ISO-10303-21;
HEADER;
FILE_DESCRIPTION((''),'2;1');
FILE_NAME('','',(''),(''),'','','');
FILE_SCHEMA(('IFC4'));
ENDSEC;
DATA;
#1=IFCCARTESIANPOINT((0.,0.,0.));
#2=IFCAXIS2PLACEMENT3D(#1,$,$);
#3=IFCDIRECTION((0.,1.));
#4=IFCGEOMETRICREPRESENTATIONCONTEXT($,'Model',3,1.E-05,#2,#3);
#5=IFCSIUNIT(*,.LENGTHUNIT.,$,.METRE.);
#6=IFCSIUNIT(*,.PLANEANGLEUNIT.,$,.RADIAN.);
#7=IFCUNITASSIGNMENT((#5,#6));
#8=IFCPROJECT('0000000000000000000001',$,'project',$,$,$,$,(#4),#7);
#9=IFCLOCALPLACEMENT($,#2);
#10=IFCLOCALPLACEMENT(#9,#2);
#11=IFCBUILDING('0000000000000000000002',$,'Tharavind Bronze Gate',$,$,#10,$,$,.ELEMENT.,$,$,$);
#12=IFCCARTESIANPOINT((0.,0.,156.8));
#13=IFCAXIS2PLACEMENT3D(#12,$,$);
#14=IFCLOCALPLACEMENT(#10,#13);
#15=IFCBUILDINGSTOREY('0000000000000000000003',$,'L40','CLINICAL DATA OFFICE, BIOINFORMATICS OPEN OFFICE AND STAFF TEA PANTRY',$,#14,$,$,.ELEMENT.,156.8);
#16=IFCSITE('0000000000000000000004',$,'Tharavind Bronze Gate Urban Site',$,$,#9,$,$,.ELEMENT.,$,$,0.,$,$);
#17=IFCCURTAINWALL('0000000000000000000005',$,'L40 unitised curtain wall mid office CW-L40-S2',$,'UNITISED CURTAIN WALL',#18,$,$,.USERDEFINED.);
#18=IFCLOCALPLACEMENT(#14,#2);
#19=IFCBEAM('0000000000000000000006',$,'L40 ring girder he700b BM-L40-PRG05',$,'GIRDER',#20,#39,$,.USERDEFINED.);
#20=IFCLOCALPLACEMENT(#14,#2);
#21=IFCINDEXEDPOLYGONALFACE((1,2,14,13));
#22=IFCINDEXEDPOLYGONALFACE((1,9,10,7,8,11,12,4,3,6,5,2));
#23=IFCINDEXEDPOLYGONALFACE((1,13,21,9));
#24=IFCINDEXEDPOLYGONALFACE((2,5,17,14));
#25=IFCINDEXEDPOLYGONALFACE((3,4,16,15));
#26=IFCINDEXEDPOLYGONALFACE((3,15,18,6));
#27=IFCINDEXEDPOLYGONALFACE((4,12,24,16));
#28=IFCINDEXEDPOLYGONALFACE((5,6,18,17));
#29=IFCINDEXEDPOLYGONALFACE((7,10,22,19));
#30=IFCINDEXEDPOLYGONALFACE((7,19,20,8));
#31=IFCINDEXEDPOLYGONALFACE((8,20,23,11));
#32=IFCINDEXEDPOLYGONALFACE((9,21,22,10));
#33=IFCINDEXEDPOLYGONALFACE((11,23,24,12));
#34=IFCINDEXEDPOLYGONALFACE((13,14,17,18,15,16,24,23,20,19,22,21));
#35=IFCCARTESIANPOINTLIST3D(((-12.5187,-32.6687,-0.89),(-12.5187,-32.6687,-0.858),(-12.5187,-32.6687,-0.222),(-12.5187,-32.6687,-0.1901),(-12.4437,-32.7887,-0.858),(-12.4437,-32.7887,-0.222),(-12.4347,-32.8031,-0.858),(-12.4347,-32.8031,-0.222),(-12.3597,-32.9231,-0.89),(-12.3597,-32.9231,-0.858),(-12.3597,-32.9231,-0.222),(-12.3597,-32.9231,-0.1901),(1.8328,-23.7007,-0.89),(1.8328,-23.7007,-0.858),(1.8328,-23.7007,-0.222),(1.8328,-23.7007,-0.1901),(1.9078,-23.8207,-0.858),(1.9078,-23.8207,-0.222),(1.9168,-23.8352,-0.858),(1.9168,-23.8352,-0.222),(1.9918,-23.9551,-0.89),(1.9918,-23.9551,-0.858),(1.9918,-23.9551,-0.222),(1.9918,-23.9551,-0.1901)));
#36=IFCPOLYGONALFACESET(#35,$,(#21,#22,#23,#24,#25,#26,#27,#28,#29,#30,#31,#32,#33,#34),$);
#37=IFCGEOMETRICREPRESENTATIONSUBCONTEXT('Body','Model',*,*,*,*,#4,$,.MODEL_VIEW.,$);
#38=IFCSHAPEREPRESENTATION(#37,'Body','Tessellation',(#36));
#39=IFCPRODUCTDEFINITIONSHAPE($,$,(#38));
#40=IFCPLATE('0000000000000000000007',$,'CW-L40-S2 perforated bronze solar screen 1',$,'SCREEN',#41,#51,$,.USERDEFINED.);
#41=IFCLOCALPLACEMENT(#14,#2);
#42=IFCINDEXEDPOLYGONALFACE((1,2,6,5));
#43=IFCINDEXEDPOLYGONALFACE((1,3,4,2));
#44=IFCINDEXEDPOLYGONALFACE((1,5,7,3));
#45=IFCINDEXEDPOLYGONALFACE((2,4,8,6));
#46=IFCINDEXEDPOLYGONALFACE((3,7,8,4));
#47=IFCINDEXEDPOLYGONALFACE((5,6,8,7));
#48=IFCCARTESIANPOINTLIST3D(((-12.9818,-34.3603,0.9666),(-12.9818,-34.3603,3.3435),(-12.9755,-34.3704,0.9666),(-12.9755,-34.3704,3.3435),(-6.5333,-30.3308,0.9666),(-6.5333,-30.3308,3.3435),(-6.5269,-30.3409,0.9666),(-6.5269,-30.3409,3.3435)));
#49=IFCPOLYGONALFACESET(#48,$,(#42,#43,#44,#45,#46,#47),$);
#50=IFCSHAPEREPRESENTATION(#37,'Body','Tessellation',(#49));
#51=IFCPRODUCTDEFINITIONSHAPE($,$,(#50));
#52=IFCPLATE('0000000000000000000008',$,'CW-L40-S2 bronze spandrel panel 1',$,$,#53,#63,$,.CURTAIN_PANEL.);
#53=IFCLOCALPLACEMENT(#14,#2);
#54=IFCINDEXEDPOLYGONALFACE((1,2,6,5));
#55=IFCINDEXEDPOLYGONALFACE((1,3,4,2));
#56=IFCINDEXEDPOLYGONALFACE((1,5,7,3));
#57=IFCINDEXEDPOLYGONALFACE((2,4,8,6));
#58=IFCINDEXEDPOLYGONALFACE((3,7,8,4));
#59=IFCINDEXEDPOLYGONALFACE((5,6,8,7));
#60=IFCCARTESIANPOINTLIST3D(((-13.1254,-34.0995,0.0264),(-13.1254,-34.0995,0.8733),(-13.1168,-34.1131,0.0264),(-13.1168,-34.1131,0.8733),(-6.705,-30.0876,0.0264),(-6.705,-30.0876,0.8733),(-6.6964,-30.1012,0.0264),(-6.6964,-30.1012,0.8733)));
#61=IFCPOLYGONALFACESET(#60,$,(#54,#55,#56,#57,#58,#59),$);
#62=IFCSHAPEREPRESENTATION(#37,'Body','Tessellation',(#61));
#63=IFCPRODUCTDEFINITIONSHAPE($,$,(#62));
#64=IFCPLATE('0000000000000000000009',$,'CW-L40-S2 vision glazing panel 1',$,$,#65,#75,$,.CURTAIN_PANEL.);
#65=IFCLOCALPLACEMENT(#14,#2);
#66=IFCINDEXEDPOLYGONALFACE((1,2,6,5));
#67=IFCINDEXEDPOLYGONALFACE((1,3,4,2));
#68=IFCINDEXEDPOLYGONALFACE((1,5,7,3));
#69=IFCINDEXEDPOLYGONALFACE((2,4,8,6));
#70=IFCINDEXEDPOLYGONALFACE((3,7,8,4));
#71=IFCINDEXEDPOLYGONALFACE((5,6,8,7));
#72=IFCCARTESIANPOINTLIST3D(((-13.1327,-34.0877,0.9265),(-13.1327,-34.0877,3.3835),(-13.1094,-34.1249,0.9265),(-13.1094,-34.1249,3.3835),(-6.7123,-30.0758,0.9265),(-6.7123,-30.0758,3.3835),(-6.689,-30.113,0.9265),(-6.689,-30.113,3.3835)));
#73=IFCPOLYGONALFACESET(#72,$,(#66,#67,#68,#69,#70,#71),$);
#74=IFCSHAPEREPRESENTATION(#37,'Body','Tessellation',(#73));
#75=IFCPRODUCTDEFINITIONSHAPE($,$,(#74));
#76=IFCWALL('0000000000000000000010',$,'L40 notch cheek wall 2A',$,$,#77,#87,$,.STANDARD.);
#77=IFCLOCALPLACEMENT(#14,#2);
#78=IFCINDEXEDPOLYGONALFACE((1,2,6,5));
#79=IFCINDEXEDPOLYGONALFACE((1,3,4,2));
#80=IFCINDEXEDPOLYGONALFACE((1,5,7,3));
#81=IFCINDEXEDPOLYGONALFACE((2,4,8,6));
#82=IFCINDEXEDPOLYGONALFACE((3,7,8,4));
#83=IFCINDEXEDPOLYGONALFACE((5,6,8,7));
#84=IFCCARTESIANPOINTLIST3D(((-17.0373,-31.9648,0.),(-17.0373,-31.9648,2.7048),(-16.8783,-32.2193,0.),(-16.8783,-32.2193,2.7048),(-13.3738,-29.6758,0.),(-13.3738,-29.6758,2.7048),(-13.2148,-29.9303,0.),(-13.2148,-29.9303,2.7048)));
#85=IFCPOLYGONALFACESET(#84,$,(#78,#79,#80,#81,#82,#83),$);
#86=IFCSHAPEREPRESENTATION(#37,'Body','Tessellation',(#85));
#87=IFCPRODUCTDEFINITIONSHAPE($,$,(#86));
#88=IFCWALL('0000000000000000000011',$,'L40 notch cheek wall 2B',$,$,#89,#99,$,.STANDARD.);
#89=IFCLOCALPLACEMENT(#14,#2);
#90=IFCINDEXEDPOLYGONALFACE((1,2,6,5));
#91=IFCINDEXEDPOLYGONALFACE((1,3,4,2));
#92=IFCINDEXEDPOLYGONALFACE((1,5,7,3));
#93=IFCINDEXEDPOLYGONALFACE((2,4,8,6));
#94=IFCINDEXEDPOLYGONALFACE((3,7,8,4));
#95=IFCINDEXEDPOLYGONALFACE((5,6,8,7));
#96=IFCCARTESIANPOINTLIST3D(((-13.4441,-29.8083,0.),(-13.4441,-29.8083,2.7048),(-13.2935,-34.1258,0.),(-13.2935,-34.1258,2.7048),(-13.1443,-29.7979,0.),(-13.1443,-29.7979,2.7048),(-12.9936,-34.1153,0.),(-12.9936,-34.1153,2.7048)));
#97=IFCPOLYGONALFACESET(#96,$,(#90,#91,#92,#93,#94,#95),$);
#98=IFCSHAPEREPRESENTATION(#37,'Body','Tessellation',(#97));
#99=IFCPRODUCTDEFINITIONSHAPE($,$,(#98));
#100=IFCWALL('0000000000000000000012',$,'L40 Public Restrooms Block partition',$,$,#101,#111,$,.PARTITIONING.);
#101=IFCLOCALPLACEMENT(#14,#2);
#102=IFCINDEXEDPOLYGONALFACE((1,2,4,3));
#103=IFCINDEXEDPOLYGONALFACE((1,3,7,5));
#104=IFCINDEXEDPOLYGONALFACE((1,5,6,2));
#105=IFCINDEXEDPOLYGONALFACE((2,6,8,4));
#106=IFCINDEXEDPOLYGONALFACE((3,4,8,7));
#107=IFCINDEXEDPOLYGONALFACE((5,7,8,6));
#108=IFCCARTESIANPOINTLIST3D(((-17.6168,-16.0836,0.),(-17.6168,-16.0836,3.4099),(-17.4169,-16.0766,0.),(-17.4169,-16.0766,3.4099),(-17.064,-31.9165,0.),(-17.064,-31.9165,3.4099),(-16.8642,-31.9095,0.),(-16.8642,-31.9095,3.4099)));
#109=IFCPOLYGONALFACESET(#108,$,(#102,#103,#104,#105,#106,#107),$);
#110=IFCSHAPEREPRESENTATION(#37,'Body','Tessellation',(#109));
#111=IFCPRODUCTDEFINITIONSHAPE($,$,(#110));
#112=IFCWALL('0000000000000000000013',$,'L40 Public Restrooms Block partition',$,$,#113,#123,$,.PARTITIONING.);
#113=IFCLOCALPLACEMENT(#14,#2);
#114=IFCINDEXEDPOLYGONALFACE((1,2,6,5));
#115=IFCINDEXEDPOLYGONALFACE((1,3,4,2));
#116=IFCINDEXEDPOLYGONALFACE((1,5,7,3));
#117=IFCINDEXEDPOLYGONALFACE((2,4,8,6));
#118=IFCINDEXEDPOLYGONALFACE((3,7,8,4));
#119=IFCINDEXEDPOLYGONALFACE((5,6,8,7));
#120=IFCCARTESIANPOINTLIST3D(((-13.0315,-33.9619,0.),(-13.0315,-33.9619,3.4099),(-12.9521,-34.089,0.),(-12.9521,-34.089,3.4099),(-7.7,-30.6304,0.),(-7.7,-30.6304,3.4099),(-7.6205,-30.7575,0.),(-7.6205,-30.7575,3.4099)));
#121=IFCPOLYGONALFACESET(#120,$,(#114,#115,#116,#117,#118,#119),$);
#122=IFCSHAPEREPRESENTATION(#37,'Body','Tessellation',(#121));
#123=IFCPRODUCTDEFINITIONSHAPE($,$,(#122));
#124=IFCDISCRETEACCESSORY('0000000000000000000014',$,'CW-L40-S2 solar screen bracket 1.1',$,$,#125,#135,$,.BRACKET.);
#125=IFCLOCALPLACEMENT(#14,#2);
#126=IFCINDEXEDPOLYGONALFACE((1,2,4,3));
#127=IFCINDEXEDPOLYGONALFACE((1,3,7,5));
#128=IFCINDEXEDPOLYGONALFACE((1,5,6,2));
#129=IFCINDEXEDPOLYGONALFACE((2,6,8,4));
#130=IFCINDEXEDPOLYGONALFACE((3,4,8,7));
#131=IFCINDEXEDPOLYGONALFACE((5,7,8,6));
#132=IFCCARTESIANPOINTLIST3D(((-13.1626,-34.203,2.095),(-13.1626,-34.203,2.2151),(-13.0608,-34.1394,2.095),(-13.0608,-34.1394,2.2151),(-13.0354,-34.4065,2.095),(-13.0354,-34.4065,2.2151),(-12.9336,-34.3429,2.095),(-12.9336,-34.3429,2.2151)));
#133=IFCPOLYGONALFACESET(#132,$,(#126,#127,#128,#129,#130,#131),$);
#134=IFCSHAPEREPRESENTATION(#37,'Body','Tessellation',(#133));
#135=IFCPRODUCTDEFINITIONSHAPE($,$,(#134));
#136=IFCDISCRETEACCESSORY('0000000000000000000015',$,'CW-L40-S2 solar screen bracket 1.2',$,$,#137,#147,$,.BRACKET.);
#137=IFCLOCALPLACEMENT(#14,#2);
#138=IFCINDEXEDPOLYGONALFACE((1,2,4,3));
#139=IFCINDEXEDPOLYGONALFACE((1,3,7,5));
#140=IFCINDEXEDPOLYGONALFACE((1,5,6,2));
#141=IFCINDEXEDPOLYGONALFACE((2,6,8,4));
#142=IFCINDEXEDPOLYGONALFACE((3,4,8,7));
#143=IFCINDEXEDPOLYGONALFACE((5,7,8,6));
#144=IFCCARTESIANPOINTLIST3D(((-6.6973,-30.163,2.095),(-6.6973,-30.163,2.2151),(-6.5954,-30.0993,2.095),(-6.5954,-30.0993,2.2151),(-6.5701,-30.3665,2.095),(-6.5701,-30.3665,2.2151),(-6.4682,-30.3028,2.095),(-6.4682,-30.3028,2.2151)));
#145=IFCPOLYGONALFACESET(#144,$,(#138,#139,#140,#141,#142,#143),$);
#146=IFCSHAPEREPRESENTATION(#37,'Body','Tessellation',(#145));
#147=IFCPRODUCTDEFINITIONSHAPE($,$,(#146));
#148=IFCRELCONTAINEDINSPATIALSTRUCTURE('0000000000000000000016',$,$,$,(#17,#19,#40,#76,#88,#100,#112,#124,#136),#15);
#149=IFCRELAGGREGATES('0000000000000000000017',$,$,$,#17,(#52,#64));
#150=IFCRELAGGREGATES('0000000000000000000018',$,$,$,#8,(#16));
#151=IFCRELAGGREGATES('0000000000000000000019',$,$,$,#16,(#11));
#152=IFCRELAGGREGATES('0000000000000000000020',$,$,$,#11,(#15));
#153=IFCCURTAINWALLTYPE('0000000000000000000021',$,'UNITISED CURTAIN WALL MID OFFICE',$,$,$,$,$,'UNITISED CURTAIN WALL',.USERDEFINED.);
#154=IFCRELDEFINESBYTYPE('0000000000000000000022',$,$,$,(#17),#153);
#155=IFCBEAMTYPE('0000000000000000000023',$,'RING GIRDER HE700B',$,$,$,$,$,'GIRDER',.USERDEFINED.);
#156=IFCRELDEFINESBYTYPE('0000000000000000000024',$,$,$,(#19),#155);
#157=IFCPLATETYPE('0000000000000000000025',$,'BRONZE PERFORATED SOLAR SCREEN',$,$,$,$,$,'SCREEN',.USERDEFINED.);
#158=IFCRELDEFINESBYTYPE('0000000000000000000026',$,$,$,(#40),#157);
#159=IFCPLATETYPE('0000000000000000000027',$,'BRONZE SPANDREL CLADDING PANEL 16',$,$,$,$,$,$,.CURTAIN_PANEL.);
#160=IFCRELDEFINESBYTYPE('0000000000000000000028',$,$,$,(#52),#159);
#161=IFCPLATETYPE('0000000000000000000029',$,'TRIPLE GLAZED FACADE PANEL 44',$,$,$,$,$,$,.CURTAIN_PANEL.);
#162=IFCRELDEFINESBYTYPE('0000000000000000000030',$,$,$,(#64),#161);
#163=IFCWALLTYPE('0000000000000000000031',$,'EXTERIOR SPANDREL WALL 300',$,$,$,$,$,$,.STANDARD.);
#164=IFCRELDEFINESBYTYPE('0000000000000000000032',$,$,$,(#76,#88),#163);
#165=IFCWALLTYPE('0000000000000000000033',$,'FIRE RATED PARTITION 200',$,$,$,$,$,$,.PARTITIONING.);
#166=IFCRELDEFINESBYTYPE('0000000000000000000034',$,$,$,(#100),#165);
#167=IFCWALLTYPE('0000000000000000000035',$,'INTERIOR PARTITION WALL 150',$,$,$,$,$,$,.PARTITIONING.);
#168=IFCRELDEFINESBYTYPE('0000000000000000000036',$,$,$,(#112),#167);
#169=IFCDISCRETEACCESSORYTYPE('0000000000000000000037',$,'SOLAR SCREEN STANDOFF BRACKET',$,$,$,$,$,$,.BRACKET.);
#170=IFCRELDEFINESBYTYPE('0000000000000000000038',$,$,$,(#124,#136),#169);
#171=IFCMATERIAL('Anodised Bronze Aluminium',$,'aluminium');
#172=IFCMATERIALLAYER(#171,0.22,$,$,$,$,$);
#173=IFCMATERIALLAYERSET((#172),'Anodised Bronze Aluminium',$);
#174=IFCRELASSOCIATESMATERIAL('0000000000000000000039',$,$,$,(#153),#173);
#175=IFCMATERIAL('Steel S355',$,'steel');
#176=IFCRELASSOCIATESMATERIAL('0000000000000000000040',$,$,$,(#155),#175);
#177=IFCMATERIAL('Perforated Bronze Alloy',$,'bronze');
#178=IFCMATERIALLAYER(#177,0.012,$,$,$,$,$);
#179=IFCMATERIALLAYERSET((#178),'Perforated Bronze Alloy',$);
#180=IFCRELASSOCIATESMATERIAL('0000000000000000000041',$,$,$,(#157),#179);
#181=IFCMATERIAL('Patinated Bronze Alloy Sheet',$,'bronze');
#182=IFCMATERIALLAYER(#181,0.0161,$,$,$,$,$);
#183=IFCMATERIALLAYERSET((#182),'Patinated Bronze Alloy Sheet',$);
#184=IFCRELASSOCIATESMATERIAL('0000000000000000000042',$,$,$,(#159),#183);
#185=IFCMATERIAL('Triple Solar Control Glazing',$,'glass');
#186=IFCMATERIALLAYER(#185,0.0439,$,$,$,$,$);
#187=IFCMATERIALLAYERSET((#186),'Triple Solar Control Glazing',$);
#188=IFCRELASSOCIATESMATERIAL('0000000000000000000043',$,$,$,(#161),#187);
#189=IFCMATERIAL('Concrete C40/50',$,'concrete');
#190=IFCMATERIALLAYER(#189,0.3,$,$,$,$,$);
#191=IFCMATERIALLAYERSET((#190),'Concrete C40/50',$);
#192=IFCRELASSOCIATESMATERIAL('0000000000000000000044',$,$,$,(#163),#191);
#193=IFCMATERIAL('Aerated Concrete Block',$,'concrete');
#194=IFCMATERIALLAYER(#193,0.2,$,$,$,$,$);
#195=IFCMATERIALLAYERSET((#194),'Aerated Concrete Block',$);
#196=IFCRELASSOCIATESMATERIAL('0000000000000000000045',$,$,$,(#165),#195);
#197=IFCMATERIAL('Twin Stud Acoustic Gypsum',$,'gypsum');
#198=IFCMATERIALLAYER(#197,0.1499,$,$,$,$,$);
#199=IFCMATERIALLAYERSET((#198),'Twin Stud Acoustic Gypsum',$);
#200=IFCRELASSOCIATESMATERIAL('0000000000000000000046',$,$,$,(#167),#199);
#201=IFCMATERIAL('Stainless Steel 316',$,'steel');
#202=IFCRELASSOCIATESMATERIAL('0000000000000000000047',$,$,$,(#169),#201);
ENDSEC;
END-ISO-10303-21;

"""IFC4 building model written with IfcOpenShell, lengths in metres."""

from ifc_helpers import new_model, si_unit, direction, frame, frame_2d, origin, origin_2d, place, context, subcontext, project, spatial, rectangle, i_section, extrude, material, layer, layer_set, material_profile, profile_set, type_object, element, aggregate, save


model = new_model("IFC4")

# Units and contexts
model_context = context("Model", 3, precision=1e-05, world=origin(), true_north=direction((0.0, 1.0)))
body_context = subcontext(model_context, "Body", "Model", "MODEL_VIEW")
ifc_project = project(units=[si_unit("LENGTHUNIT", "METRE"), si_unit("PLANEANGLEUNIT", "RADIAN")], contexts=[model_context])

# Site, building, storey
site_placement = place(None, origin())
site = spatial("IfcSite", under=ifc_project, at=site_placement, Name="Tharavind Bronze Gate Urban Site", CompositionType="ELEMENT", RefElevation=0.0)
building_placement = place(site_placement, origin())
building = spatial("IfcBuilding", under=site, at=building_placement, Name="Tharavind Bronze Gate", CompositionType="ELEMENT")
storey_placement = place(building_placement, frame((0.0, 0.0, 156.8)))
storey = spatial("IfcBuildingStorey", under=building, at=storey_placement, Name="L40", Description="CLINICAL DATA OFFICE, BIOINFORMATICS OPEN OFFICE AND STAFF TEA PANTRY", CompositionType="ELEMENT", Elevation=156.8)

# Shared definitions
ifc_material_1 = material(Name="Anodised Bronze Aluminium", Category="aluminium")
ifc_layer_1 = layer(ifc_material_1, 0.22)
ifc_layer_set_1 = layer_set([ifc_layer_1], Name="Anodised Bronze Aluminium")
curtain_wall_type = type_object("IfcCurtainWallType", Name="UNITISED CURTAIN WALL MID OFFICE", ElementType="UNITISED CURTAIN WALL", PredefinedType="USERDEFINED", material=ifc_layer_set_1)

# Curtain wall
curtain_wall_1_placement = place(storey_placement, origin())
curtain_wall_1 = element("IfcCurtainWall", 1, at=curtain_wall_1_placement, inside=storey, type_object=curtain_wall_type, Name="L40 unitised curtain wall mid office CW-L40-S2", ObjectType="UNITISED CURTAIN WALL", PredefinedType="USERDEFINED")

# Beam
ifc_material_2 = material(Name="Steel S355", Category="steel")
ifc_material_profile_1 = material_profile(ifc_material_2, i_section(OverallWidth=0.3, OverallDepth=0.7, WebThickness=0.0171, FlangeThickness=0.032, at=origin_2d()), Name="HE700B")
ifc_profile_set_1 = profile_set([ifc_material_profile_1], Name="Steel S355")
beam_type_1 = type_object("IfcBeamType", Name="RING GIRDER HE700B", ElementType="GIRDER", PredefinedType="USERDEFINED", material=ifc_profile_set_1)
beam_1_placement = place(storey_placement, frame((-12.4392, -32.7959, -0.54), z_axis=(0.848044, 0.529926, 0.0), x_axis=(-0.529926, 0.848044, 0.0)))
element("IfcBeam", 2, at=beam_1_placement, inside=storey, type_object=beam_type_1, Name="L40 ring girder he700b BM-L40-PRG05", ObjectType="GIRDER", PredefinedType="USERDEFINED", context=body_context, shape_type="SweptSolid", body=[
    extrude(i_section(OverallWidth=0.3, OverallDepth=0.7, WebThickness=0.0171, FlangeThickness=0.032, at=origin_2d()), origin(), (0.0, 0.0, 1.0), 16.9231),
])

# Plates
ifc_material_3 = material(Name="Perforated Bronze Alloy", Category="bronze")
ifc_layer_2 = layer(ifc_material_3, 0.012)
ifc_layer_set_2 = layer_set([ifc_layer_2], Name="Perforated Bronze Alloy")
plate_type_1 = type_object("IfcPlateType", Name="BRONZE PERFORATED SOLAR SCREEN", ElementType="SCREEN", PredefinedType="USERDEFINED", material=ifc_layer_set_2)
plate_1_placement = place(storey_placement, frame((-9.7544, -32.3506, 0.9666), z_axis=(0.0, 0.0, 1.0), x_axis=(0.848048, 0.529919, 0.0)))
element("IfcPlate", 3, at=plate_1_placement, inside=storey, type_object=plate_type_1, Name="CW-L40-S2 perforated bronze solar screen 1", ObjectType="SCREEN", PredefinedType="USERDEFINED", context=body_context, shape_type="SweptSolid", body=[
    extrude(rectangle(XDim=7.604, YDim=0.012, at=origin_2d()), origin(), (0.0, 0.0, 1.0), 2.377),
])
ifc_material_4 = material(Name="Patinated Bronze Alloy Sheet", Category="bronze")
ifc_layer_3 = layer(ifc_material_4, 0.0161)
ifc_layer_set_3 = layer_set([ifc_layer_3], Name="Patinated Bronze Alloy Sheet")
plate_type_2 = type_object("IfcPlateType", Name="BRONZE SPANDREL CLADDING PANEL 16", PredefinedType="CURTAIN_PANEL", material=ifc_layer_set_3)
plate_2_placement = place(storey_placement, frame((-9.9109, -32.1003, 0.0264), z_axis=(0.0, 0.0, 1.0), x_axis=(0.848048, 0.529919, 0.0)))
plate_2 = element("IfcPlate", 4, at=plate_2_placement, type_object=plate_type_2, Name="CW-L40-S2 bronze spandrel panel 1", PredefinedType="CURTAIN_PANEL", context=body_context, shape_type="SweptSolid", body=[
    extrude(rectangle(XDim=7.5708, YDim=0.0161, at=origin_2d()), origin(), (0.0, 0.0, 1.0), 0.8469),
])
ifc_material_5 = material(Name="Triple Solar Control Glazing", Category="glass")
ifc_layer_4 = layer(ifc_material_5, 0.0439)
ifc_layer_set_4 = layer_set([ifc_layer_4], Name="Triple Solar Control Glazing")
plate_type_3 = type_object("IfcPlateType", Name="TRIPLE GLAZED FACADE PANEL 44", PredefinedType="CURTAIN_PANEL", material=ifc_layer_set_4)
plate_3_placement = place(storey_placement, frame((-9.9109, -32.1003, 0.9265), z_axis=(0.0, 0.0, 1.0), x_axis=(0.848048, 0.529919, 0.0)))
plate_3 = element("IfcPlate", 5, at=plate_3_placement, type_object=plate_type_3, Name="CW-L40-S2 vision glazing panel 1", PredefinedType="CURTAIN_PANEL", context=body_context, shape_type="SweptSolid", body=[
    extrude(rectangle(XDim=7.5708, YDim=0.0439, at=origin_2d()), origin(), (0.0, 0.0, 1.0), 2.457),
])
aggregate(curtain_wall_1, [plate_2, plate_3])

# Walls
ifc_material_6 = material(Name="Concrete C40/50", Category="concrete")
ifc_layer_5 = layer(ifc_material_6, 0.3)
ifc_layer_set_5 = layer_set([ifc_layer_5], Name="Concrete C40/50")
wall_type_1 = type_object("IfcWallType", Name="EXTERIOR SPANDREL WALL 300", PredefinedType="STANDARD", material=ifc_layer_set_5)
wall_1_placement = place(storey_placement, frame((-16.9578, -32.092, 0.0), z_axis=(0.0, 0.0, 1.0), x_axis=(0.848068, 0.529887, 0.0)))
element("IfcWall", 6, at=wall_1_placement, inside=storey, type_object=wall_type_1, Name="L40 notch cheek wall 2A", PredefinedType="STANDARD", context=body_context, shape_type="SweptSolid", body=[
    extrude(rectangle(XDim=4.3198, YDim=0.3, at=frame_2d((2.1599, 0.0))), origin(), (0.0, 0.0, 1.0), 2.7048),
])
wall_2_placement = place(storey_placement, frame((-13.2942, -29.803, 0.0), z_axis=(0.0, 0.0, 1.0), x_axis=(0.034869, -0.999392, 0.0)))
element("IfcWall", 7, at=wall_2_placement, inside=storey, type_object=wall_type_1, Name="L40 notch cheek wall 2B", PredefinedType="STANDARD", context=body_context, shape_type="SweptSolid", body=[
    extrude(rectangle(XDim=4.3201, YDim=0.3, at=frame_2d((2.1602, 0.0))), origin(), (0.0, 0.0, 1.0), 2.7048),
])
ifc_material_7 = material(Name="Aerated Concrete Block", Category="concrete")
ifc_layer_6 = layer(ifc_material_7, 0.2)
ifc_layer_set_6 = layer_set([ifc_layer_6], Name="Aerated Concrete Block")
wall_type_2 = type_object("IfcWallType", Name="FIRE RATED PARTITION 200", PredefinedType="PARTITIONING", material=ifc_layer_set_6)
wall_3_placement = place(storey_placement, frame((-16.9641, -31.9131, 0.0), z_axis=(0.0, 0.0, 1.0), x_axis=(-0.03489, 0.999391, 0.0)))
element("IfcWall", 8, at=wall_3_placement, inside=storey, type_object=wall_type_2, Name="L40 Public Restrooms Block partition", PredefinedType="PARTITIONING", context=body_context, shape_type="SweptSolid", body=[
    extrude(rectangle(XDim=15.8425, YDim=0.2, at=frame_2d((7.9214, 0.0))), origin(), (0.0, 0.0, 1.0), 3.4099),
])
ifc_material_8 = material(Name="Twin Stud Acoustic Gypsum", Category="gypsum")
ifc_layer_7 = layer(ifc_material_8, 0.1499)
ifc_layer_set_7 = layer_set([ifc_layer_7], Name="Twin Stud Acoustic Gypsum")
wall_type_3 = type_object("IfcWallType", Name="INTERIOR PARTITION WALL 150", PredefinedType="PARTITIONING", material=ifc_layer_set_7)
wall_4_placement = place(storey_placement, frame((-7.6602, -30.6938, 0.0), z_axis=(0.0, 0.0, 1.0), x_axis=(-0.848046, -0.529922, 0.0)))
element("IfcWall", 9, at=wall_4_placement, inside=storey, type_object=wall_type_3, Name="L40 Public Restrooms Block partition", PredefinedType="PARTITIONING", context=body_context, shape_type="SweptSolid", body=[
    extrude(rectangle(XDim=6.2869, YDim=0.1499, at=frame_2d((3.1436, 0.0))), origin(), (0.0, 0.0, 1.0), 3.4099),
])

# Discrete accessories
ifc_material_9 = material(Name="Stainless Steel 316", Category="steel")
discrete_accessory_type = type_object("IfcDiscreteAccessoryType", Name="SOLAR SCREEN STANDOFF BRACKET", PredefinedType="BRACKET", material=ifc_material_9)
for number, where, z_axis, x_axis, name in (
    (10, (-13.0481, -34.2729, 2.095), (0.0, 0.0, 1.0), (0.848048, 0.529919, 0.0), "CW-L40-S2 solar screen bracket 1.1"),
    (11, (-6.5828, -30.2329, 2.095), (0.0, 0.0, 1.0), (0.848048, 0.529919, 0.0), "CW-L40-S2 solar screen bracket 1.2"),
):
    element("IfcDiscreteAccessory", number, at=place(storey_placement, frame(where, z_axis=z_axis, x_axis=x_axis)), inside=storey, type_object=discrete_accessory_type, Name=name, PredefinedType="BRACKET", context=body_context, shape_type="SweptSolid", body=[
        extrude(rectangle(XDim=0.1201, YDim=0.24, at=origin_2d()), origin(), (0.0, 0.0, 1.0), 0.1201),
    ])

save(model, "model.ifc")
